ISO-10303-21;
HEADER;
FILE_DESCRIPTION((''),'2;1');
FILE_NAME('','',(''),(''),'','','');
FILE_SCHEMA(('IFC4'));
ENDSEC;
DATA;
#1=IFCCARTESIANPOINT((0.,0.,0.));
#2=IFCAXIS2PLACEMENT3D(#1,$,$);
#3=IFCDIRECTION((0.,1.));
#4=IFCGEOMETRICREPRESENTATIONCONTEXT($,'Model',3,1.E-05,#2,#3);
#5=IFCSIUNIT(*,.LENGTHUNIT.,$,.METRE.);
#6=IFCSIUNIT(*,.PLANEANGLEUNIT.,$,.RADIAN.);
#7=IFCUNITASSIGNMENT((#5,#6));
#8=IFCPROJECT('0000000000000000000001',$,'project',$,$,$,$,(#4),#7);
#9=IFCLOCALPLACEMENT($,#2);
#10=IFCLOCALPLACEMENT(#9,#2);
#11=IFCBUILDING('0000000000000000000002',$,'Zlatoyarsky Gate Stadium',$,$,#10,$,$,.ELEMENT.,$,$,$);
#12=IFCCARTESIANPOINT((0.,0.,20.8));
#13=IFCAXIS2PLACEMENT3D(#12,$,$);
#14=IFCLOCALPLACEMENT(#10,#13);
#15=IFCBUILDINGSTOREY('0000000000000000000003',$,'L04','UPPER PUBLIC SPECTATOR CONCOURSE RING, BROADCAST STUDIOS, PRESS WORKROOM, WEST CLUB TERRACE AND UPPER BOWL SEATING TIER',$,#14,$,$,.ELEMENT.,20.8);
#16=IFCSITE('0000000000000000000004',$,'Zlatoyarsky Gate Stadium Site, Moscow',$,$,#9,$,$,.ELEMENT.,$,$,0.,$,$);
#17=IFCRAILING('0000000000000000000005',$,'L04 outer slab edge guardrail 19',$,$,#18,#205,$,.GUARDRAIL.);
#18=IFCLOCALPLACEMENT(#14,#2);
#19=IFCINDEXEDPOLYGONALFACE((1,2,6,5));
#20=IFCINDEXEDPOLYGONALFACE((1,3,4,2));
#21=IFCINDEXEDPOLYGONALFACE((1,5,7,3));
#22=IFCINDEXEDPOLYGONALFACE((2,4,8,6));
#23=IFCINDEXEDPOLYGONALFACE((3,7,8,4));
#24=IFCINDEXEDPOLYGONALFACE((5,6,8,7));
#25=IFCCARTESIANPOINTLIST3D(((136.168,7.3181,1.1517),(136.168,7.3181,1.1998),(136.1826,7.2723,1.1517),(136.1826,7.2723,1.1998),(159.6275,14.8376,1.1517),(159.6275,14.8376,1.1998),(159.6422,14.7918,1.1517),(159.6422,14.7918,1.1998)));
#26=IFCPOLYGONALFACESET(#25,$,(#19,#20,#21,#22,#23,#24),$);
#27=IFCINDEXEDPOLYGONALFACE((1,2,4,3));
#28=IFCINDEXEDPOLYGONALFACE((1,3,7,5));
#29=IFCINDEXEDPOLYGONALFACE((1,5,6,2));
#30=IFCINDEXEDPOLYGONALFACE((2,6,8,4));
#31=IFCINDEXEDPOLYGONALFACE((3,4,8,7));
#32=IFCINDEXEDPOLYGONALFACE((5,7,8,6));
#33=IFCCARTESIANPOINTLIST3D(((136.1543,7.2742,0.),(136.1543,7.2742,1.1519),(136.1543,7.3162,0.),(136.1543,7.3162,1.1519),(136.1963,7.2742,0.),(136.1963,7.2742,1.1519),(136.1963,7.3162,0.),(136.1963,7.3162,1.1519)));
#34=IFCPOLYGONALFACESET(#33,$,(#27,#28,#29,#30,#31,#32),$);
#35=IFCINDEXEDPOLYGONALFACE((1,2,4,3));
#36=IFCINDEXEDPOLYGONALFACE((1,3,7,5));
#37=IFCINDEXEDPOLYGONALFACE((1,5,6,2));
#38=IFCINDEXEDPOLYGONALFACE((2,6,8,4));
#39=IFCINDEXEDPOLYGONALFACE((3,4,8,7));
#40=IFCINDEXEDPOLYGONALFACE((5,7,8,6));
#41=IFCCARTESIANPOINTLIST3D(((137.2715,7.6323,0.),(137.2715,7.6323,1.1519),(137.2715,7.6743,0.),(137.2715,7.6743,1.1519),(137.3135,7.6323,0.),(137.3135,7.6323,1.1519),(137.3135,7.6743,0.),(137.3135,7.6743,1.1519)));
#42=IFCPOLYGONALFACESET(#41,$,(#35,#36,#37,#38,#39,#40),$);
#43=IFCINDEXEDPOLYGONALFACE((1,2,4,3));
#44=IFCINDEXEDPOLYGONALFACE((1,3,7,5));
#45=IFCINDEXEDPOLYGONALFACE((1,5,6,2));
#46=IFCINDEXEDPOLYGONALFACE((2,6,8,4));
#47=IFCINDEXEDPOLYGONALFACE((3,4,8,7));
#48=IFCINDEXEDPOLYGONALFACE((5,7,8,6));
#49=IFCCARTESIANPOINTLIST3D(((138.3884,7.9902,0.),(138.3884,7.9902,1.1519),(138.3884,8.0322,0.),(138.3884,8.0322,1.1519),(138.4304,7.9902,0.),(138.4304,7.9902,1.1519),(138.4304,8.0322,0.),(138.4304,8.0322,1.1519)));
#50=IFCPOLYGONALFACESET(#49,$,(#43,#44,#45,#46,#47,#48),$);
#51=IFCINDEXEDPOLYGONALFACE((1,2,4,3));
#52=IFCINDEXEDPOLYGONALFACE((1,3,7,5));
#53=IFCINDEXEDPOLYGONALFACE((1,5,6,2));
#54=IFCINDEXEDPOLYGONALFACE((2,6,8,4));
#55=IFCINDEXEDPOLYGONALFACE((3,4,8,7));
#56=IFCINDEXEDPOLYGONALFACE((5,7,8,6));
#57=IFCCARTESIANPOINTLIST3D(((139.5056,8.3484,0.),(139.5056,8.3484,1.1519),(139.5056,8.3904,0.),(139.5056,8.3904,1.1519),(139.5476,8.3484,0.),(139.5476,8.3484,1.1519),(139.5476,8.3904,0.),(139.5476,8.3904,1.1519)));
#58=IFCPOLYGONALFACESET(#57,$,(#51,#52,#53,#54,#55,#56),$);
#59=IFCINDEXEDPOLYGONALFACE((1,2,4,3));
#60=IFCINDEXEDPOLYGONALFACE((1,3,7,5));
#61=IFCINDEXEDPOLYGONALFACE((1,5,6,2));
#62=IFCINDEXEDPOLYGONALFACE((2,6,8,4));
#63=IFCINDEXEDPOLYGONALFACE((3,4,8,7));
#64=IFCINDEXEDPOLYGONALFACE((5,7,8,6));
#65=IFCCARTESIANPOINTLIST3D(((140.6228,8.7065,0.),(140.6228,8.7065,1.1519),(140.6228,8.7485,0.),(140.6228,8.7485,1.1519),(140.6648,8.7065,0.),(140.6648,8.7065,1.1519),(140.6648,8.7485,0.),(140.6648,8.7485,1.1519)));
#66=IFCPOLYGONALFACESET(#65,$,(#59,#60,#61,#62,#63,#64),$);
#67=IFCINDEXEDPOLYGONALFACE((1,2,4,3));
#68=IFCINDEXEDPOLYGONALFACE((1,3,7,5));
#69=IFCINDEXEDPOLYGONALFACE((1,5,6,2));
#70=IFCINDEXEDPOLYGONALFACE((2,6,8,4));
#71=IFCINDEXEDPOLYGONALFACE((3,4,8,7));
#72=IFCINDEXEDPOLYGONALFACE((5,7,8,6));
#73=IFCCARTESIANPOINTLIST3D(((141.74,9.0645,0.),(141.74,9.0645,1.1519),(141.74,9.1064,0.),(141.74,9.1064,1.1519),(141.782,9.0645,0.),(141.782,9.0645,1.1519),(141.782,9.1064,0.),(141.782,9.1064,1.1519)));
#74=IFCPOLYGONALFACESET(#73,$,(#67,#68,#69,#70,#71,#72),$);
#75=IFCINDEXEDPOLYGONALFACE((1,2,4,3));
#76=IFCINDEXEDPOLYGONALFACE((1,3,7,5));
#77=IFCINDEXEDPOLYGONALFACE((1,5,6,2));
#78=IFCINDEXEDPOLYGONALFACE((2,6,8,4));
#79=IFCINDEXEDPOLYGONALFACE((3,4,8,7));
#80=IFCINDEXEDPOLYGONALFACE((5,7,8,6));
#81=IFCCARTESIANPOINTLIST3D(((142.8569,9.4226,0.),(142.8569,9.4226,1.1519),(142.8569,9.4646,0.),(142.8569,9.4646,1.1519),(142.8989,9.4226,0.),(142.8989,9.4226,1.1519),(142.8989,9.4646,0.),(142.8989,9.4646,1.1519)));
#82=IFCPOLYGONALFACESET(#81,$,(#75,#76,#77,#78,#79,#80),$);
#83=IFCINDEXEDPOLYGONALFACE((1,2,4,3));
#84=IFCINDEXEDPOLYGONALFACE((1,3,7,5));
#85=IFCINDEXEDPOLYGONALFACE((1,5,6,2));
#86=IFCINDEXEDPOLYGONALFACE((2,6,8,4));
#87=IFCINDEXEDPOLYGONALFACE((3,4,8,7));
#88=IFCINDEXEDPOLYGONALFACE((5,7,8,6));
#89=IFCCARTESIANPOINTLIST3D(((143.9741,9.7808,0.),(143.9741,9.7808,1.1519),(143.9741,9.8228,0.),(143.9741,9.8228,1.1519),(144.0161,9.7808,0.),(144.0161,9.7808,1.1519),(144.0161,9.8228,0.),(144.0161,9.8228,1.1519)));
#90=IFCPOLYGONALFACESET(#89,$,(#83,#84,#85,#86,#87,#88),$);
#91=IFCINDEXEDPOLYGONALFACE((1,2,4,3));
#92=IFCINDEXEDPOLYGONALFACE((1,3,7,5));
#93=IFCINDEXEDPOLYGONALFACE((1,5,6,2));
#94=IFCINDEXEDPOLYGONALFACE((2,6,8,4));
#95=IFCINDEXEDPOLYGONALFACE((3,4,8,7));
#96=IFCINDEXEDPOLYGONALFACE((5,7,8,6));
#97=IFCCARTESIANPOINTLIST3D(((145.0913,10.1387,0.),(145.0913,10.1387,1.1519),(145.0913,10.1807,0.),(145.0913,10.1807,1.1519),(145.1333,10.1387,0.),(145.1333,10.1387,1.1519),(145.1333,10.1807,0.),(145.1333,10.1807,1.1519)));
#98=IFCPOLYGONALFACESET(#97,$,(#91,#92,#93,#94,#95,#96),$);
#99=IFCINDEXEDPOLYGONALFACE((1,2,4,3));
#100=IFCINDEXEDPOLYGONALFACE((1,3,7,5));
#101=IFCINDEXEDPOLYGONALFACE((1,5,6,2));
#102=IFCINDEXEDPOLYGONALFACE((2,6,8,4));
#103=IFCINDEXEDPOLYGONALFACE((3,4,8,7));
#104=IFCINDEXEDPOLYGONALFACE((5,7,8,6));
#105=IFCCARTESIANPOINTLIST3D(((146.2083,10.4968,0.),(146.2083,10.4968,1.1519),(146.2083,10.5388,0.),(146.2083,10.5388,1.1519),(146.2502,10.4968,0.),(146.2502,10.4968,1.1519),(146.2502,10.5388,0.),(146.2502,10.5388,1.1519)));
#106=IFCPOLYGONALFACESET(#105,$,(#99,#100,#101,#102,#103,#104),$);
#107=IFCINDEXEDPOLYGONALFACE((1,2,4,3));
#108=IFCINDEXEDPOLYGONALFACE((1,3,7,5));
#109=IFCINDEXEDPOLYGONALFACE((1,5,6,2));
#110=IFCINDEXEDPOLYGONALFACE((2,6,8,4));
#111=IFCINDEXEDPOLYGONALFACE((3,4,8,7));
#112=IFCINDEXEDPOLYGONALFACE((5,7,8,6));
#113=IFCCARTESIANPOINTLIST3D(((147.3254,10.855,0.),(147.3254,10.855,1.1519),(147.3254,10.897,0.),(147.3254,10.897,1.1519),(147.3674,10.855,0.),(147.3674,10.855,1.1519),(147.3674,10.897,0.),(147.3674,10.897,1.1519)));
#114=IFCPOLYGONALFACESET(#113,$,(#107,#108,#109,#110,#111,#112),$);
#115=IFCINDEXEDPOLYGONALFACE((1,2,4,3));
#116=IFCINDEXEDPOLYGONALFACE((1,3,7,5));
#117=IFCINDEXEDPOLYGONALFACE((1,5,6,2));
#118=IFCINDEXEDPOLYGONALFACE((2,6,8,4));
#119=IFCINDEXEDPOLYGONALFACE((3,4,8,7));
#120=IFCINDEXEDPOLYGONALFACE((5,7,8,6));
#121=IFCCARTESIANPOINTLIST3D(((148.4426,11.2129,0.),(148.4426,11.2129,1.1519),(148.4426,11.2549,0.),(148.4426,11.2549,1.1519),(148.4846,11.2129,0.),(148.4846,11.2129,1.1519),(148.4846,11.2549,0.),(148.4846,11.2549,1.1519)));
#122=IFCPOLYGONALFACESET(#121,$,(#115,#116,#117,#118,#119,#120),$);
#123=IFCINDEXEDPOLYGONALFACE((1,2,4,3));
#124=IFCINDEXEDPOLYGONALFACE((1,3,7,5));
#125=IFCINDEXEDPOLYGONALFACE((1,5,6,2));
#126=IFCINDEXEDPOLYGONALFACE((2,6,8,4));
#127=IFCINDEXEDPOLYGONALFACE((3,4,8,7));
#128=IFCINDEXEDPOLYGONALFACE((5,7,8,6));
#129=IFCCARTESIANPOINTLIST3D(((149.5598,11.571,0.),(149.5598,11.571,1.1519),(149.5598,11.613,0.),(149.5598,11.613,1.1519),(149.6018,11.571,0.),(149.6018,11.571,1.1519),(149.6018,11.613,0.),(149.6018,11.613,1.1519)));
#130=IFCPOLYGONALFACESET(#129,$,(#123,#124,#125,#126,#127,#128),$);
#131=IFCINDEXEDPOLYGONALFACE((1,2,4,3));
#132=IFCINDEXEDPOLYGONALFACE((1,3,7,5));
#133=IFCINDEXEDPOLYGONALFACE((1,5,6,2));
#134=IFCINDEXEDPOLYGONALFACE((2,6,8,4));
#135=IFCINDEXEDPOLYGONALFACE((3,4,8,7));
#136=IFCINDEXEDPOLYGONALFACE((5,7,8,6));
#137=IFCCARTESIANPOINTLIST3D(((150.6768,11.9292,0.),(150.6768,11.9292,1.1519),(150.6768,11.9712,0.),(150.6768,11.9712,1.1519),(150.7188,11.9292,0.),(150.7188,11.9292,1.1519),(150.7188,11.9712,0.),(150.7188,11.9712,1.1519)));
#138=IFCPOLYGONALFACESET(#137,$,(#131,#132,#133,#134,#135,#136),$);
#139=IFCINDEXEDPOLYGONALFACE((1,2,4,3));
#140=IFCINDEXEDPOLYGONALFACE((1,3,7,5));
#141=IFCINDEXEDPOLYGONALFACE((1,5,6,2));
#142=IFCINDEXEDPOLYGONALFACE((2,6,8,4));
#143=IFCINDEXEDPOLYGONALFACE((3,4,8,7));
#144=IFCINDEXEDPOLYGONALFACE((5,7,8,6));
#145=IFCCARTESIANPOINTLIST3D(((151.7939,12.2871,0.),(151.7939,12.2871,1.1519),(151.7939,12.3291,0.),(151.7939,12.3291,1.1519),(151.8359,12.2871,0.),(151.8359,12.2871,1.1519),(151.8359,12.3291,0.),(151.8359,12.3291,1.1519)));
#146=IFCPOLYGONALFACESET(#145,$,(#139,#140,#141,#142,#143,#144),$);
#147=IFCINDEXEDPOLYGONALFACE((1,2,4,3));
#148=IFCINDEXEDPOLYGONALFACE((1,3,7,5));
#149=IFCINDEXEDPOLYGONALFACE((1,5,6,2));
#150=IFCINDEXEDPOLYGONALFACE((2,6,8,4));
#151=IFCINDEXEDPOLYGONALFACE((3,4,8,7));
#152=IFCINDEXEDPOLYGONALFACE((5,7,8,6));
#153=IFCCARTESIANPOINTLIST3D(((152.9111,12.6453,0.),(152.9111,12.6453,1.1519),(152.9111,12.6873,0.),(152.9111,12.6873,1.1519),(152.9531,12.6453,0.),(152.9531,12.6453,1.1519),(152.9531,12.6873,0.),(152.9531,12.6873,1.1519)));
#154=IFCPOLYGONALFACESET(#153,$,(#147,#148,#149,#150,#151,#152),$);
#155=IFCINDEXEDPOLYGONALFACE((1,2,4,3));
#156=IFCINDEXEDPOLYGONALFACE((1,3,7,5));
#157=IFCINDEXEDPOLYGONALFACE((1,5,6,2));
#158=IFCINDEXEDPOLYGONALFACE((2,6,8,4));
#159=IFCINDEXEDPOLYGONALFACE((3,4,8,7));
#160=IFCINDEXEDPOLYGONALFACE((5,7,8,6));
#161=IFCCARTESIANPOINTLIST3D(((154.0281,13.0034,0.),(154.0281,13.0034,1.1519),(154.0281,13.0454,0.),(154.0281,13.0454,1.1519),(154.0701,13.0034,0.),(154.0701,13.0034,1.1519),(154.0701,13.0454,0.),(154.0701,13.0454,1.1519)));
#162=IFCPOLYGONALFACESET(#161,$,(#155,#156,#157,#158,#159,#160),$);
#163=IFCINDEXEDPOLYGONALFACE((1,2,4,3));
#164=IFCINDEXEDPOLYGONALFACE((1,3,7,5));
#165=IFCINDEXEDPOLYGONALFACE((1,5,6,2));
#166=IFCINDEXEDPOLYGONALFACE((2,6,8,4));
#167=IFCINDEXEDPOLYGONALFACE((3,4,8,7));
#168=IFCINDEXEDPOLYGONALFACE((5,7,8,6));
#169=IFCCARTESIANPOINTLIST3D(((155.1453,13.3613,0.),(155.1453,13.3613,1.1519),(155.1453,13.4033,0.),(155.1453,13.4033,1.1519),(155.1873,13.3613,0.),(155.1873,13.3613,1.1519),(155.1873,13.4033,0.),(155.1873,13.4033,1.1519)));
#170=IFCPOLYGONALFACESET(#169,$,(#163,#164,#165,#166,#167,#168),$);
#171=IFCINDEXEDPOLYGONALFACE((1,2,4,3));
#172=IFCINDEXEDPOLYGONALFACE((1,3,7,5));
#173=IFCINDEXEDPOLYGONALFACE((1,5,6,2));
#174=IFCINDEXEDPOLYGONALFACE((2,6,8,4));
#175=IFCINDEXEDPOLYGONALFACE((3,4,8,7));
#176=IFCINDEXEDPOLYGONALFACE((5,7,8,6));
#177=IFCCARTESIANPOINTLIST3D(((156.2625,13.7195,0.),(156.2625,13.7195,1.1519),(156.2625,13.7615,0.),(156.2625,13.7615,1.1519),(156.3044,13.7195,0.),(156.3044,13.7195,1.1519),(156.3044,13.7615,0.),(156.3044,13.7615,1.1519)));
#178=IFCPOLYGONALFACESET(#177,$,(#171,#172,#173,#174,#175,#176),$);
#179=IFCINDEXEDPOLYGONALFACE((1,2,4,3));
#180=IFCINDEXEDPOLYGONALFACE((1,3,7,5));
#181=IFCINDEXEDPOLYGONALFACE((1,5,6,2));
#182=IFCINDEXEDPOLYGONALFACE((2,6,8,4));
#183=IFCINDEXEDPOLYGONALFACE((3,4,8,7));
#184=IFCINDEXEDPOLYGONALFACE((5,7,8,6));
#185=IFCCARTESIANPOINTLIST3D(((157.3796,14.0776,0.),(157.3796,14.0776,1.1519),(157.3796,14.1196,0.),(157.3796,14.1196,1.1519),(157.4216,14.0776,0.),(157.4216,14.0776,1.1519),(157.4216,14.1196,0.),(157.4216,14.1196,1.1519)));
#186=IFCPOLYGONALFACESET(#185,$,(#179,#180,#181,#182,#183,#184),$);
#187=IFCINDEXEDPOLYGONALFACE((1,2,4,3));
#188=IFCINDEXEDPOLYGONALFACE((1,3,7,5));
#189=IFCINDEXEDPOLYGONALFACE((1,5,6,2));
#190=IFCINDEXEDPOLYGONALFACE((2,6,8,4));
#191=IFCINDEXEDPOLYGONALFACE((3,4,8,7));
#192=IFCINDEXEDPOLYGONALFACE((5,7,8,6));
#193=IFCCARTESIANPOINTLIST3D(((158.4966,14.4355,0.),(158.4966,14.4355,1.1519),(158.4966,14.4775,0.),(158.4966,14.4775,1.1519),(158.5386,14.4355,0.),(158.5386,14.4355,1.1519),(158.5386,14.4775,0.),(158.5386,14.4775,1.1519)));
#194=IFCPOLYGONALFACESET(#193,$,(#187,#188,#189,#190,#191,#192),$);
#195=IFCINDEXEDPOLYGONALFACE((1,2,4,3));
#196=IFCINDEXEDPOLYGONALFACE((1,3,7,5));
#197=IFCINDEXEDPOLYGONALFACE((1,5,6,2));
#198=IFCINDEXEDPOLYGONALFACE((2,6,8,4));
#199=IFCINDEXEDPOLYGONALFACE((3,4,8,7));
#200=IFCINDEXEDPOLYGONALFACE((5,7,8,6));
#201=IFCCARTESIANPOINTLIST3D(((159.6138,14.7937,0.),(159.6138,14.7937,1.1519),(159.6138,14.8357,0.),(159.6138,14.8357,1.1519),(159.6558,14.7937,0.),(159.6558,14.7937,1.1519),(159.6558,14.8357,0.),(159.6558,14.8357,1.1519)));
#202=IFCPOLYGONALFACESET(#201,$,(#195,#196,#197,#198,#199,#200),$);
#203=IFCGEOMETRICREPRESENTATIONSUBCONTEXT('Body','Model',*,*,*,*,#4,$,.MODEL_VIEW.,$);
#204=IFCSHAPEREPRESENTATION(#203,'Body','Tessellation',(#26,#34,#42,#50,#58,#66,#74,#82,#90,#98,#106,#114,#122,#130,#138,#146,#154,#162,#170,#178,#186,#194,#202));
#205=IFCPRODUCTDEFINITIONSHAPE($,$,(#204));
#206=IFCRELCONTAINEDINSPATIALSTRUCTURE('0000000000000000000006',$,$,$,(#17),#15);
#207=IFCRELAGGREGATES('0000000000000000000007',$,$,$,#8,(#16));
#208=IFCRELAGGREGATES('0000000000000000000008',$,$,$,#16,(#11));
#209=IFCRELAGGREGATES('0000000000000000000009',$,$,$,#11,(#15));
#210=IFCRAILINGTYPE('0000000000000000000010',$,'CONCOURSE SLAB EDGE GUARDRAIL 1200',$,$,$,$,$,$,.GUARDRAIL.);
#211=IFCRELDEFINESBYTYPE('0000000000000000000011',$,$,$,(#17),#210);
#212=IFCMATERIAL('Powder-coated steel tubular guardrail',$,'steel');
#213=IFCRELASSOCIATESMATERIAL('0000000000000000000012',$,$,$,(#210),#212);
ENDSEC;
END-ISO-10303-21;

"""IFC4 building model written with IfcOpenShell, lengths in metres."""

from ifc_helpers import new_model, si_unit, direction, frame, origin, origin_2d, place, context, subcontext, project, spatial, rectangle, extrude, material, type_object, element, save


model = new_model("IFC4")

# Units and contexts
model_context = context("Model", 3, precision=1e-05, world=origin(), true_north=direction((0.0, 1.0)))
body_context = subcontext(model_context, "Body", "Model", "MODEL_VIEW")
ifc_project = project(units=[si_unit("LENGTHUNIT", "METRE"), si_unit("PLANEANGLEUNIT", "RADIAN")], contexts=[model_context])

# Site, building, storey
site_placement = place(None, origin())
site = spatial("IfcSite", under=ifc_project, at=site_placement, Name="Zlatoyarsky Gate Stadium Site, Moscow", CompositionType="ELEMENT", RefElevation=0.0)
building_placement = place(site_placement, origin())
building = spatial("IfcBuilding", under=site, at=building_placement, Name="Zlatoyarsky Gate Stadium", CompositionType="ELEMENT")
storey_placement = place(building_placement, frame((0.0, 0.0, 20.8)))
storey = spatial("IfcBuildingStorey", under=building, at=storey_placement, Name="L04", Description="UPPER PUBLIC SPECTATOR CONCOURSE RING, BROADCAST STUDIOS, PRESS WORKROOM, WEST CLUB TERRACE AND UPPER BOWL SEATING TIER", CompositionType="ELEMENT", Elevation=20.8)

# Railing
ifc_material_1 = material(Name="Powder-coated steel tubular guardrail", Category="steel")
railing_type_1 = type_object("IfcRailingType", Name="CONCOURSE SLAB EDGE GUARDRAIL 1200", PredefinedType="GUARDRAIL", material=ifc_material_1)
railing_1_placement = place(storey_placement, frame((136.1753, 7.2952, 0.0)))
element("IfcRailing", 1, at=railing_1_placement, inside=storey, type_object=railing_type_1, Name="L04 outer slab edge guardrail 19", PredefinedType="GUARDRAIL", context=body_context, shape_type="SweptSolid", body=[
    extrude(rectangle(XDim=0.0481, YDim=0.0481, at=origin_2d()), frame((0.0, 0.0, 1.1758), z_axis=(0.952277, 0.305236, 0.0), x_axis=(-0.305236, 0.952277, 0.0)), (0.0, 0.0, 1.0), 24.6353),
    extrude(rectangle(XDim=0.042, YDim=0.042, at=origin_2d()), origin(), (0.0, 0.0, 1.0), 1.1519),
    extrude(rectangle(XDim=0.042, YDim=0.042, at=origin_2d()), frame((1.1172, 0.3582, 0.0)), (0.0, 0.0, 1.0), 1.1519),
    extrude(rectangle(XDim=0.042, YDim=0.042, at=origin_2d()), frame((2.2341, 0.7161, 0.0)), (0.0, 0.0, 1.0), 1.1519),
    extrude(rectangle(XDim=0.042, YDim=0.042, at=origin_2d()), frame((3.3513, 1.0742, 0.0)), (0.0, 0.0, 1.0), 1.1519),
    extrude(rectangle(XDim=0.042, YDim=0.042, at=origin_2d()), frame((4.4685, 1.4324, 0.0)), (0.0, 0.0, 1.0), 1.1519),
    extrude(rectangle(XDim=0.042, YDim=0.042, at=origin_2d()), frame((5.5857, 1.7903, 0.0)), (0.0, 0.0, 1.0), 1.1519),
    extrude(rectangle(XDim=0.042, YDim=0.042, at=origin_2d()), frame((6.7026, 2.1484, 0.0)), (0.0, 0.0, 1.0), 1.1519),
    extrude(rectangle(XDim=0.042, YDim=0.042, at=origin_2d()), frame((7.8198, 2.5066, 0.0)), (0.0, 0.0, 1.0), 1.1519),
    extrude(rectangle(XDim=0.042, YDim=0.042, at=origin_2d()), frame((8.937, 2.8645, 0.0)), (0.0, 0.0, 1.0), 1.1519),
    extrude(rectangle(XDim=0.042, YDim=0.042, at=origin_2d()), frame((10.054, 3.2227, 0.0)), (0.0, 0.0, 1.0), 1.1519),
    extrude(rectangle(XDim=0.042, YDim=0.042, at=origin_2d()), frame((11.1711, 3.5808, 0.0)), (0.0, 0.0, 1.0), 1.1519),
    extrude(rectangle(XDim=0.042, YDim=0.042, at=origin_2d()), frame((12.2883, 3.9387, 0.0)), (0.0, 0.0, 1.0), 1.1519),
    extrude(rectangle(XDim=0.042, YDim=0.042, at=origin_2d()), frame((13.4055, 4.2969, 0.0)), (0.0, 0.0, 1.0), 1.1519),
    extrude(rectangle(XDim=0.042, YDim=0.042, at=origin_2d()), frame((14.5225, 4.655, 0.0)), (0.0, 0.0, 1.0), 1.1519),
    extrude(rectangle(XDim=0.042, YDim=0.042, at=origin_2d()), frame((15.6396, 5.0129, 0.0)), (0.0, 0.0, 1.0), 1.1519),
    extrude(rectangle(XDim=0.042, YDim=0.042, at=origin_2d()), frame((16.7568, 5.3711, 0.0)), (0.0, 0.0, 1.0), 1.1519),
    extrude(rectangle(XDim=0.042, YDim=0.042, at=origin_2d()), frame((17.8738, 5.7292, 0.0)), (0.0, 0.0, 1.0), 1.1519),
    extrude(rectangle(XDim=0.042, YDim=0.042, at=origin_2d()), frame((18.991, 6.0872, 0.0)), (0.0, 0.0, 1.0), 1.1519),
    extrude(rectangle(XDim=0.042, YDim=0.042, at=origin_2d()), frame((20.1082, 6.4453, 0.0)), (0.0, 0.0, 1.0), 1.1519),
    extrude(rectangle(XDim=0.042, YDim=0.042, at=origin_2d()), frame((21.2253, 6.8035, 0.0)), (0.0, 0.0, 1.0), 1.1519),
    extrude(rectangle(XDim=0.042, YDim=0.042, at=origin_2d()), frame((22.3423, 7.1614, 0.0)), (0.0, 0.0, 1.0), 1.1519),
    extrude(rectangle(XDim=0.042, YDim=0.042, at=origin_2d()), frame((23.4595, 7.5195, 0.0)), (0.0, 0.0, 1.0), 1.1519),
])

save(model, "model.ifc")
